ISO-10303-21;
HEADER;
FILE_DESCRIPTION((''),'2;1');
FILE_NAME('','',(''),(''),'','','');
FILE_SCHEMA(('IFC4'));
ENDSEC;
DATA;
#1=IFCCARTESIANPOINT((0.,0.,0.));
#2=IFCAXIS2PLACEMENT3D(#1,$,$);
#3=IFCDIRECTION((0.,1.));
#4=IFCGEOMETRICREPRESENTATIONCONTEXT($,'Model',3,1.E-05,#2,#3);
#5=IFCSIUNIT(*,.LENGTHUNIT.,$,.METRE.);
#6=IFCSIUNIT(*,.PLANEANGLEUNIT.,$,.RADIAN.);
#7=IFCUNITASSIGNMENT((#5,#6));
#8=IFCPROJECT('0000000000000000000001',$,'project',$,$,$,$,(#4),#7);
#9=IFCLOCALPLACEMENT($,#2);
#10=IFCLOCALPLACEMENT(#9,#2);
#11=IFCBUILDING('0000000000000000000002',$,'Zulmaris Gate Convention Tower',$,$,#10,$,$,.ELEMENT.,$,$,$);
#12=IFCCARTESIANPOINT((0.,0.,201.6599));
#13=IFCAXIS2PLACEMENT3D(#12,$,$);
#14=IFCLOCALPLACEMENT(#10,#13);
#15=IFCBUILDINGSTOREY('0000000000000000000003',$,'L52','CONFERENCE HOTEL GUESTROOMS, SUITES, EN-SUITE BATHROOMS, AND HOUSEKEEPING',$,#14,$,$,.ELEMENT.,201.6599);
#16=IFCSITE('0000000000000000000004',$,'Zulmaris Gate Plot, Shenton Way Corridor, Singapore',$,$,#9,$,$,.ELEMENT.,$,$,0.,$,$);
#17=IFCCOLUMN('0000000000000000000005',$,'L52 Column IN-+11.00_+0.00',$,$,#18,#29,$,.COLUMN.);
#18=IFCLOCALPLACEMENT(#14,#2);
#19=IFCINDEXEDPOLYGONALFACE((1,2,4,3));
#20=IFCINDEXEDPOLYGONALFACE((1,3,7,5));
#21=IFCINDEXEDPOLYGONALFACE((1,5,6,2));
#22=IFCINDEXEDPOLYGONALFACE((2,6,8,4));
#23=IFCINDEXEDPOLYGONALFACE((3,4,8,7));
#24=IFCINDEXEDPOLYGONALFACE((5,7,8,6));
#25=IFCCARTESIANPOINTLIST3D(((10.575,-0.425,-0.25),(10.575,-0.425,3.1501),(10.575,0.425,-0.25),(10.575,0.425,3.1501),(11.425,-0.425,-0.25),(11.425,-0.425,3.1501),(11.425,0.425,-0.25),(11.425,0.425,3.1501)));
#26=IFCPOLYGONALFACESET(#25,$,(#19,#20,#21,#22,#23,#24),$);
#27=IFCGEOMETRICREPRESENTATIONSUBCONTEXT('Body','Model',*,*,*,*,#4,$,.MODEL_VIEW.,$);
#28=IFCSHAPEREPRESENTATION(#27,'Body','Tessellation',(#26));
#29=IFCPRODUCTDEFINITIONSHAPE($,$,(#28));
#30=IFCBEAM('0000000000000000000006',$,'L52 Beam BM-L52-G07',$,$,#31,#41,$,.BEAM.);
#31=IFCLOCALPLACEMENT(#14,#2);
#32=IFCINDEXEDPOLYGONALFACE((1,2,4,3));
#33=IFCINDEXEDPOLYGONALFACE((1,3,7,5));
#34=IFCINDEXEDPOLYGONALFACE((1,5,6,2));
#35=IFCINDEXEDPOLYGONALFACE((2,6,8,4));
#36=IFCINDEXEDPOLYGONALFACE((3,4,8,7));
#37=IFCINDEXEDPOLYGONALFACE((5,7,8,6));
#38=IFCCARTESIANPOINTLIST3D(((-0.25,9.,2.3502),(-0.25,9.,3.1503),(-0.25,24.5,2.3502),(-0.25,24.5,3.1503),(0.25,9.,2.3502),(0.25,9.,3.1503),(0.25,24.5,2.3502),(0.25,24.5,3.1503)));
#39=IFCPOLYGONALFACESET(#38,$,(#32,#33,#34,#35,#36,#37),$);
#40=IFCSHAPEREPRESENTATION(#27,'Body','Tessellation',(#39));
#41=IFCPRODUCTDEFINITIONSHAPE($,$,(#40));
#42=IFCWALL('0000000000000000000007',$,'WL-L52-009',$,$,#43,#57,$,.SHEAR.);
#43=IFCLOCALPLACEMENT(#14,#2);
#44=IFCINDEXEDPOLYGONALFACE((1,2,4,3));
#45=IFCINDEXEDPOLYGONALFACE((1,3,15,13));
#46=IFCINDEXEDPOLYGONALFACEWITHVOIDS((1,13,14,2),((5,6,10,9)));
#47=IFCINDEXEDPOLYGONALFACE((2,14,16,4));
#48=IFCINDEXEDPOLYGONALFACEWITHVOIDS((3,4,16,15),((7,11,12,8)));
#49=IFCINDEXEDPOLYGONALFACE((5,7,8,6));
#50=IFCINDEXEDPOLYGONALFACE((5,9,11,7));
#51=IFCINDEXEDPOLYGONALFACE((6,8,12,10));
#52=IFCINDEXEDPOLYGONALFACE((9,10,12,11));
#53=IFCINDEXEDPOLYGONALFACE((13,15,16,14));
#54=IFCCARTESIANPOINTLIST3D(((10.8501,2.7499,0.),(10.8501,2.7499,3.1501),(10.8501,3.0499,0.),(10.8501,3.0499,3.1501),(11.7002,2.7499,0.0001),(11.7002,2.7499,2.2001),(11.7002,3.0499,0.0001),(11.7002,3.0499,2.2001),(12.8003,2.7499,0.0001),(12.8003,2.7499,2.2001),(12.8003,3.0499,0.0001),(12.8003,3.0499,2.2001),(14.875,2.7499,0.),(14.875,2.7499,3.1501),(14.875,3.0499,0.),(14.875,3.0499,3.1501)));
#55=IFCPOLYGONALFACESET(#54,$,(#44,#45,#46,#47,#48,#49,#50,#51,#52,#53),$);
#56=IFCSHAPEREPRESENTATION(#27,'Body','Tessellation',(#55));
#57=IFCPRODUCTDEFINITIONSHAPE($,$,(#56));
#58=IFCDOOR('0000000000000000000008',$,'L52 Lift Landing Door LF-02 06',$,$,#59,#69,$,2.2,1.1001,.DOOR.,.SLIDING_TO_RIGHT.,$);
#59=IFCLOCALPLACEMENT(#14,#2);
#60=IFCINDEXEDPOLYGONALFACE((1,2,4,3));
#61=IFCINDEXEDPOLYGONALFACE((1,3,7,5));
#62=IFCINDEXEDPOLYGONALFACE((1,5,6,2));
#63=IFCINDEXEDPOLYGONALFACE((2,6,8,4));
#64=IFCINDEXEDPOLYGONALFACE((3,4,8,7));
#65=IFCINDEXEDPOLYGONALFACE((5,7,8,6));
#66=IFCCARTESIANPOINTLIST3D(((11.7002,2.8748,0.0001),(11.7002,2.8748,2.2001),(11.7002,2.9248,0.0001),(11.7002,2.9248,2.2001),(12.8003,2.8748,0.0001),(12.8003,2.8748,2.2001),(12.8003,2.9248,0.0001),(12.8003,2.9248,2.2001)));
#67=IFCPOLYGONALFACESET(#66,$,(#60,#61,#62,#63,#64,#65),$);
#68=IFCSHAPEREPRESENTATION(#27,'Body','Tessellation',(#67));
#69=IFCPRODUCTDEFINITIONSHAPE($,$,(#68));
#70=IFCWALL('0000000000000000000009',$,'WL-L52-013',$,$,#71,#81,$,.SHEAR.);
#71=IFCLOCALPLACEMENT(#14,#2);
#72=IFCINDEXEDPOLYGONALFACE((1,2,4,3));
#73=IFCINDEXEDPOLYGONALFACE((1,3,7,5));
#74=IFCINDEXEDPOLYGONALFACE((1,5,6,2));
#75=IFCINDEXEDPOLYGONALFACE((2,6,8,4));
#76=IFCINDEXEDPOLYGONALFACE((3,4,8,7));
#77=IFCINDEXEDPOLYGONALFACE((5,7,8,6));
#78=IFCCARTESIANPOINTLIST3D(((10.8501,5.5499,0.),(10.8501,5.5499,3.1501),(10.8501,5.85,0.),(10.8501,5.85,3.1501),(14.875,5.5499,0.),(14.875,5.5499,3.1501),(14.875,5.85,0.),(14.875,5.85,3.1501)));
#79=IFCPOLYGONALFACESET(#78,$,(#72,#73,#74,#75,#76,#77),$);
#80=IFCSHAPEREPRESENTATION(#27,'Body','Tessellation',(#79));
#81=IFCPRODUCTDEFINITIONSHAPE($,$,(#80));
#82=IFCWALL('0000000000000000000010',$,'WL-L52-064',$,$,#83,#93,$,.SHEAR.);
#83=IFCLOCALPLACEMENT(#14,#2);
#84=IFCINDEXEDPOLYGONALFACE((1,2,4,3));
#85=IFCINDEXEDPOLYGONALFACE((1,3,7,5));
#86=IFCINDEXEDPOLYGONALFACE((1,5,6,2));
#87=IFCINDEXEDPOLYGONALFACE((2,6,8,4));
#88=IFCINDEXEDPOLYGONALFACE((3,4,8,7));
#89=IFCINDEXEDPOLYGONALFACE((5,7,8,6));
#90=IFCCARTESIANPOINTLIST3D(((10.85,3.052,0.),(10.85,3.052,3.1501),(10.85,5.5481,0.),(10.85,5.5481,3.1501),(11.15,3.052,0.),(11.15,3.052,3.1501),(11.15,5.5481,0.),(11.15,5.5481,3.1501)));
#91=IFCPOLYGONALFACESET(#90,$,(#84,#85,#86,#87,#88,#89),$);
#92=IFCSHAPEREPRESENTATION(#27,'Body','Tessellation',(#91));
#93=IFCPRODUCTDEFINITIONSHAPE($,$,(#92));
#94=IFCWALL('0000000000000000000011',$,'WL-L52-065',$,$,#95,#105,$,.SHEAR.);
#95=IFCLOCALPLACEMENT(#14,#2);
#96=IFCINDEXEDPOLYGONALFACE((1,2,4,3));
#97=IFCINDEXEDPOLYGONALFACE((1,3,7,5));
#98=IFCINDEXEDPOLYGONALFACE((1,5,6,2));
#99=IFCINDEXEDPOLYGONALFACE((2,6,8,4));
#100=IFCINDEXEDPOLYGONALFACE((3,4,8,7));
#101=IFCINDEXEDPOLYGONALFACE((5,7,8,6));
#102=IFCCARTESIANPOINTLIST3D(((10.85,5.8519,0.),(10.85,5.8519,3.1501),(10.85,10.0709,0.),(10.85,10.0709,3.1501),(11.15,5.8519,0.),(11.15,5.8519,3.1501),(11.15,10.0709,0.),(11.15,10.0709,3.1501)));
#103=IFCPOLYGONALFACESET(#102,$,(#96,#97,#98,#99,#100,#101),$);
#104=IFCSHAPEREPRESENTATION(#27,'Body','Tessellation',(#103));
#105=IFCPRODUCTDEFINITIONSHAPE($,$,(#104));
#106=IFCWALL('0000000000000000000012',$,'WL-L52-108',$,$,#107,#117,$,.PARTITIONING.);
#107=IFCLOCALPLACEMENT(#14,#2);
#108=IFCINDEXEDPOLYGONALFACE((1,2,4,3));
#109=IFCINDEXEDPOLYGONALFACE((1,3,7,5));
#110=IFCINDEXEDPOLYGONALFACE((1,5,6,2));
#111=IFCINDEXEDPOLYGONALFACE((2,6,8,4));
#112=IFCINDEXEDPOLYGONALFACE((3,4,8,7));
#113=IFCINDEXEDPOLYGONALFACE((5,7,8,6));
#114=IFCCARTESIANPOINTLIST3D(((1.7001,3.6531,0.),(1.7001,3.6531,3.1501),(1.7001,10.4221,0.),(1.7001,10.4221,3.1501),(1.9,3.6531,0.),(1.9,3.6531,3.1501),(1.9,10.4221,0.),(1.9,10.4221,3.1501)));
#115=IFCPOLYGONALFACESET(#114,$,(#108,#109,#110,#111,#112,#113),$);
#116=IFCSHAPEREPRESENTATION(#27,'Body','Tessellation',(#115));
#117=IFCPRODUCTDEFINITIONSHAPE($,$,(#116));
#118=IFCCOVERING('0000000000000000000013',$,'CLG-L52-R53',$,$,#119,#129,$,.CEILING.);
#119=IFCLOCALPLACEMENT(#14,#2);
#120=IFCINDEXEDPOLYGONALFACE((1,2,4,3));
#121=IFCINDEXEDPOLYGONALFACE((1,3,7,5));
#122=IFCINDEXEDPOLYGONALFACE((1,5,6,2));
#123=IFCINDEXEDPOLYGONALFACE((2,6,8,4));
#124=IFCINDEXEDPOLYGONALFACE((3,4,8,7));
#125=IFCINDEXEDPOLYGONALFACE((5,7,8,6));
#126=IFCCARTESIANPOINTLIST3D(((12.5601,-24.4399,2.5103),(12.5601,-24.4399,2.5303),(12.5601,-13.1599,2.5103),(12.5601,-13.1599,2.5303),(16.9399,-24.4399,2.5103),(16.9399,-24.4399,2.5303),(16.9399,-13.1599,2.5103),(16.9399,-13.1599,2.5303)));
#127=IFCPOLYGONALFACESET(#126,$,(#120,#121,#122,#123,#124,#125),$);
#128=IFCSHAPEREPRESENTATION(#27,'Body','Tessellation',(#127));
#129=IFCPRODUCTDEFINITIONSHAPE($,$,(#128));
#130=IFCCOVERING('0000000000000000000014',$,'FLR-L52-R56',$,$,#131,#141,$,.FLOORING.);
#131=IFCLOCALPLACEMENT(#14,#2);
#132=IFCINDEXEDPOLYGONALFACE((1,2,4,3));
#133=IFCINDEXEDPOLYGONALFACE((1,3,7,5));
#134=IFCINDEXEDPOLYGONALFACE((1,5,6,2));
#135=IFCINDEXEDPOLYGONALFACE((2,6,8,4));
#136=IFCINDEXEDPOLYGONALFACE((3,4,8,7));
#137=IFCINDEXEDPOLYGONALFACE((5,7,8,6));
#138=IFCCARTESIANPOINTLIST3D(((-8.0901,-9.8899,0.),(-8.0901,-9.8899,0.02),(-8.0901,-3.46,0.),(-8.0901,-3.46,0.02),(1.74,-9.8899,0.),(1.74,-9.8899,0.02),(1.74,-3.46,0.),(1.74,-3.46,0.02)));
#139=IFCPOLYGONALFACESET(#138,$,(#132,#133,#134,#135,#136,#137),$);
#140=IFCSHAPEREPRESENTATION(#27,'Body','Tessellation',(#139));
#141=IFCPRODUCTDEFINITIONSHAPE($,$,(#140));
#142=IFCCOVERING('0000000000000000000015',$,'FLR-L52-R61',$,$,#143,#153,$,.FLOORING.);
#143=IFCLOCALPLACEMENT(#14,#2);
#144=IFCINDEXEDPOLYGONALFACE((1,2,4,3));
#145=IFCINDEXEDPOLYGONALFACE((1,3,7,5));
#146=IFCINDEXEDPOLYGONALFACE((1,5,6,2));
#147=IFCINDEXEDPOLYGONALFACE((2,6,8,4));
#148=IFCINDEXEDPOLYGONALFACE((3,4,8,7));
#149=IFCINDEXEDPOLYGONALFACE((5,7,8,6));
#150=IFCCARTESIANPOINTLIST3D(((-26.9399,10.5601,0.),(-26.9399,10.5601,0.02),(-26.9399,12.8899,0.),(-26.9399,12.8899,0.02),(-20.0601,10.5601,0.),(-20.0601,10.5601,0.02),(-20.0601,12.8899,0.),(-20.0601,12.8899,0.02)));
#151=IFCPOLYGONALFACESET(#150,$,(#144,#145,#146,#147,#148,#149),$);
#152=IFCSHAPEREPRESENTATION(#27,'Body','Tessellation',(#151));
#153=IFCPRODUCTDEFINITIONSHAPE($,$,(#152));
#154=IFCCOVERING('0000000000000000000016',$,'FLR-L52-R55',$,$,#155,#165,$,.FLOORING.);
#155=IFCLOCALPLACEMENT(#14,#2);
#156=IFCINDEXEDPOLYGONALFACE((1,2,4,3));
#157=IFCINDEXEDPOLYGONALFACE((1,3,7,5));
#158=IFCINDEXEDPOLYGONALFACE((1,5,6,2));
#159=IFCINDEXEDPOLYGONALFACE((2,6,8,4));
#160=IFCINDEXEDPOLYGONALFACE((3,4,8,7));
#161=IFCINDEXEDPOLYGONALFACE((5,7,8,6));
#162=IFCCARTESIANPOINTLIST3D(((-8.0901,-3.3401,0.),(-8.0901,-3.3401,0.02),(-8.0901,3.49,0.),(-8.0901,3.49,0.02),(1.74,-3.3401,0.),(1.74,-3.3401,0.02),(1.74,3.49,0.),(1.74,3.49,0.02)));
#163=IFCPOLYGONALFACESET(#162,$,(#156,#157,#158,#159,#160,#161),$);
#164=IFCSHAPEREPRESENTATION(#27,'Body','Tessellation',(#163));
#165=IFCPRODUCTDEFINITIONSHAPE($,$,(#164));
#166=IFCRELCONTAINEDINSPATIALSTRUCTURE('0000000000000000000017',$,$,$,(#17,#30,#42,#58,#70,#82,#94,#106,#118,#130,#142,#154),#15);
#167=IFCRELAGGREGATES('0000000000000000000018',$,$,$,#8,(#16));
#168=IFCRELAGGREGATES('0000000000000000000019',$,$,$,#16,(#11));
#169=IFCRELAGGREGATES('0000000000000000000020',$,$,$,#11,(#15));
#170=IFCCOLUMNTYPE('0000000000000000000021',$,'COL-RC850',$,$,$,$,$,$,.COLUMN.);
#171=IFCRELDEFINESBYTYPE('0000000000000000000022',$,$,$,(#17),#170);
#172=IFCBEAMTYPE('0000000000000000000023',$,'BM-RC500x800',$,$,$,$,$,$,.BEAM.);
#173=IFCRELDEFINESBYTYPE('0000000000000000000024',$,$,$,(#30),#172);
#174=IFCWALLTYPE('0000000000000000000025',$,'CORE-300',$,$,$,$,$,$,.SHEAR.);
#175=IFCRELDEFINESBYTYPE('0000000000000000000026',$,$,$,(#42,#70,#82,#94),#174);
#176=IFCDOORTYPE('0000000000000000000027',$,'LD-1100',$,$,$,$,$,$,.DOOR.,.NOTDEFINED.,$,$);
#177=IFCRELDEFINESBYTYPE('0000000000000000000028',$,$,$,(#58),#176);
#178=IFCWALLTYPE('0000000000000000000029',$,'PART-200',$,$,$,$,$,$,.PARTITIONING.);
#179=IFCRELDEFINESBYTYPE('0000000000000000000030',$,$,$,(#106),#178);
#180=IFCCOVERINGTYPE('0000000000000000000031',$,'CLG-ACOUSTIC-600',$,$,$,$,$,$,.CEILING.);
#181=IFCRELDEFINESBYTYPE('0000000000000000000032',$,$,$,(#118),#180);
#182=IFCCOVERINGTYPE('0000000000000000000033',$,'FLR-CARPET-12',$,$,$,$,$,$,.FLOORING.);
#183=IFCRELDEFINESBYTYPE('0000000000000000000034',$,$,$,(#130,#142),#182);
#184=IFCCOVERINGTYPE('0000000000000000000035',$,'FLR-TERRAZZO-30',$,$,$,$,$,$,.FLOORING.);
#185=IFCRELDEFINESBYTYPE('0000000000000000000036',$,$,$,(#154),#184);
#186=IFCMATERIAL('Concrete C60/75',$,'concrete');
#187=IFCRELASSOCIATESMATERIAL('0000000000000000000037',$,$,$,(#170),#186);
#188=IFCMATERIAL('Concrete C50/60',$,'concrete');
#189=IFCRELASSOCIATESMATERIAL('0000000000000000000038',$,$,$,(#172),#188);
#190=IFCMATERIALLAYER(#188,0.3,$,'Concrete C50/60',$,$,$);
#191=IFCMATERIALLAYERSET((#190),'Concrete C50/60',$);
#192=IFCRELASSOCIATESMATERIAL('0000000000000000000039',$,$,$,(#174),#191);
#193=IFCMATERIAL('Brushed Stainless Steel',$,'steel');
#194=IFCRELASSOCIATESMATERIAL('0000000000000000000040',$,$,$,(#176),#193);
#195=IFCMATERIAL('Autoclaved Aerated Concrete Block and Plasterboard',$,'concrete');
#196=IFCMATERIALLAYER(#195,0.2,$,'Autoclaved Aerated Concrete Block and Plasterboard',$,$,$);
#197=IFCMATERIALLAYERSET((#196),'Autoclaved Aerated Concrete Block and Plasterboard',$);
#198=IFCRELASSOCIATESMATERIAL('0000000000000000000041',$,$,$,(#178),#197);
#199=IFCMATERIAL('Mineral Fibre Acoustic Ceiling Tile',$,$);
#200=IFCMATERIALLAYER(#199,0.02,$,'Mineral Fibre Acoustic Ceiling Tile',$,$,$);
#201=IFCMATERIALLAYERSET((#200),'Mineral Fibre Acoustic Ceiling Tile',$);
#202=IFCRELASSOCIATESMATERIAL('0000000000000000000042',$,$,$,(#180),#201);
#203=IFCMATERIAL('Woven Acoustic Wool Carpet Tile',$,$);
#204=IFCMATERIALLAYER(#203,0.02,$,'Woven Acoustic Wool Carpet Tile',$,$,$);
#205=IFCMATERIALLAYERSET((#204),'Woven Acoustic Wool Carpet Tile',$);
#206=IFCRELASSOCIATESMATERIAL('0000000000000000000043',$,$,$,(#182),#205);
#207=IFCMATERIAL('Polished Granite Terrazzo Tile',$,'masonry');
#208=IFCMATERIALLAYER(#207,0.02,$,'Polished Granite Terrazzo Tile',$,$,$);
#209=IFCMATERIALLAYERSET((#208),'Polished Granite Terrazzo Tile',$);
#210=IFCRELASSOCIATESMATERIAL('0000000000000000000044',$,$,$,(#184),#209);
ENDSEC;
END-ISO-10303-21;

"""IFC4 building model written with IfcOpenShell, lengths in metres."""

from ifc_helpers import new_model, si_unit, direction, frame, frame_2d, origin, origin_2d, place, context, subcontext, project, spatial, polyline, rectangle, outline, extrude, material, layer, layer_set, material_profile, profile_set, type_object, element, fill, save


model = new_model("IFC4")

# Units and contexts
model_context = context("Model", 3, precision=1e-05, world=origin(), true_north=direction((0.0, 1.0)))
body_context = subcontext(model_context, "Body", "Model", "MODEL_VIEW")
ifc_project = project(units=[si_unit("LENGTHUNIT", "METRE"), si_unit("PLANEANGLEUNIT", "RADIAN")], contexts=[model_context])

# Site, building, storey
site_placement = place(None, origin())
site = spatial("IfcSite", under=ifc_project, at=site_placement, Name="Zulmaris Gate Plot, Shenton Way Corridor, Singapore", CompositionType="ELEMENT", RefElevation=0.0)
building_placement = place(site_placement, origin())
building = spatial("IfcBuilding", under=site, at=building_placement, Name="Zulmaris Gate Convention Tower", CompositionType="ELEMENT")
storey_placement = place(building_placement, frame((0.0, 0.0, 201.6599)))
storey = spatial("IfcBuildingStorey", under=building, at=storey_placement, Name="L52", Description="CONFERENCE HOTEL GUESTROOMS, SUITES, EN-SUITE BATHROOMS, AND HOUSEKEEPING", CompositionType="ELEMENT", Elevation=201.6599)

# Column
ifc_material_1 = material(Name="Concrete C60/75", Category="concrete")
ifc_material_profile_1 = material_profile(ifc_material_1, rectangle(XDim=0.8501, YDim=0.8501, at=origin_2d()), Name="RC COL 850x850")
ifc_profile_set_1 = profile_set([ifc_material_profile_1], Name="Concrete C60/75")
column_type = type_object("IfcColumnType", Name="COL-RC850", PredefinedType="COLUMN", material=ifc_profile_set_1)
column_placement = place(storey_placement, frame((11.0, 0.0, -0.25), z_axis=(0.0, 0.0, 1.0), x_axis=(1.0, 0.0, 0.0)))
element("IfcColumn", 1, at=column_placement, inside=storey, type_object=column_type, Name="L52 Column IN-+11.00_+0.00", PredefinedType="COLUMN", context=body_context, shape_type="SweptSolid", body=[
    extrude(rectangle(XDim=0.8501, YDim=0.8501, at=origin_2d()), origin(), (0.0, 0.0, 1.0), 3.4001),
])

# Beam
ifc_material_2 = material(Name="Concrete C50/60", Category="concrete")
ifc_material_profile_2 = material_profile(ifc_material_2, rectangle(XDim=0.5, YDim=0.8, at=origin_2d()), Name="RC BEAM 500x800")
ifc_profile_set_2 = profile_set([ifc_material_profile_2], Name="Concrete C50/60")
beam_type = type_object("IfcBeamType", Name="BM-RC500x800", PredefinedType="BEAM", material=ifc_profile_set_2)
beam_placement = place(storey_placement, frame((0.0, 9.0, 2.7502), z_axis=(0.0, 1.0, 0.0), x_axis=(-1.0, 0.0, 0.0)))
element("IfcBeam", 2, at=beam_placement, inside=storey, type_object=beam_type, Name="L52 Beam BM-L52-G07", PredefinedType="BEAM", context=body_context, shape_type="SweptSolid", body=[
    extrude(rectangle(XDim=0.5, YDim=0.8, at=origin_2d()), origin(), (0.0, 0.0, 1.0), 15.5),
])

# Wall, opening, door
ifc_layer_1 = layer(ifc_material_2, 0.3, Name="Concrete C50/60")
ifc_layer_set_1 = layer_set([ifc_layer_1], Name="Concrete C50/60")
wall_type_1 = type_object("IfcWallType", Name="CORE-300", PredefinedType="SHEAR", material=ifc_layer_set_1)
wall_1_placement = place(storey_placement, frame((10.8501, 2.8999, 0.0), z_axis=(0.0, 0.0, 1.0), x_axis=(1.0, 0.0, 0.0)))
wall_1 = element("IfcWall", 3, at=wall_1_placement, inside=storey, type_object=wall_type_1, Name="WL-L52-009", PredefinedType="SHEAR", context=body_context, shape_type="SweptSolid", body=[
    extrude(rectangle(XDim=4.0249, YDim=0.3, at=frame_2d((2.0125, 0.0))), origin(), (0.0, 0.0, 1.0), 3.1501),
])
opening_1_placement = place(wall_1_placement, frame((0.8501, 0.0, 0.0)))
opening_1 = element("IfcOpeningElement", 4, at=opening_1_placement, cuts=wall_1, PredefinedType="OPENING", context=body_context, shape_type="SweptSolid", body=[
    extrude(rectangle(XDim=1.1001, YDim=2.2, at=frame_2d((0.55, 1.1001))), frame((0.0, 0.1602, 0.0), z_axis=(0.0, -1.0, 0.0), x_axis=(1.0, 0.0, 0.0)), (0.0, 0.0, 1.0), 0.3201),
])
ifc_material_3 = material(Name="Brushed Stainless Steel", Category="steel")
door_type_1 = type_object("IfcDoorType", Name="LD-1100", OperationType="NOTDEFINED", PredefinedType="DOOR", material=ifc_material_3)
door_1_placement = place(opening_1_placement, origin())
door_1 = element("IfcDoor", 5, at=door_1_placement, inside=storey, type_object=door_type_1, Name="L52 Lift Landing Door LF-02 06", OperationType="SLIDING_TO_RIGHT", OverallHeight=2.2, OverallWidth=1.1001, PredefinedType="DOOR", context=body_context, shape_type="SweptSolid", body=[
    extrude(rectangle(XDim=1.1001, YDim=2.2, at=frame_2d((0.55, 1.1001))), frame((0.0, 0.0249, 0.0), z_axis=(0.0, -1.0, 0.0), x_axis=(1.0, 0.0, 0.0)), (0.0, 0.0, 1.0), 0.05),
])
fill(opening_1, door_1)

# Wall
wall_2_placement = place(storey_placement, frame((10.8501, 5.7, 0.0), z_axis=(0.0, 0.0, 1.0), x_axis=(1.0, 0.0, 0.0)))
element("IfcWall", 6, at=wall_2_placement, inside=storey, type_object=wall_type_1, Name="WL-L52-013", PredefinedType="SHEAR", context=body_context, shape_type="SweptSolid", body=[
    extrude(rectangle(XDim=4.0249, YDim=0.3, at=frame_2d((2.0125, 0.0))), origin(), (0.0, 0.0, 1.0), 3.1501),
])

# Walls
wall_3_placement = place(storey_placement, frame((11.0, 3.052, 0.0), z_axis=(0.0, 0.0, 1.0), x_axis=(0.0, 1.0, 0.0)))
element("IfcWall", 7, at=wall_3_placement, inside=storey, type_object=wall_type_1, Name="WL-L52-064", PredefinedType="SHEAR", context=body_context, shape_type="SweptSolid", body=[
    extrude(rectangle(XDim=2.4961, YDim=0.3, at=frame_2d((1.248, 0.0))), origin(), (0.0, 0.0, 1.0), 3.1501),
])
wall_4_placement = place(storey_placement, frame((11.0, 5.8521, 0.0), z_axis=(0.0, 0.0, 1.0), x_axis=(0.0, 1.0, 0.0)))
element("IfcWall", 8, at=wall_4_placement, inside=storey, type_object=wall_type_1, Name="WL-L52-065", PredefinedType="SHEAR", context=body_context, shape_type="SweptSolid", body=[
    extrude(rectangle(XDim=4.219, YDim=0.3, at=frame_2d((2.1094, 0.0))), origin(), (0.0, 0.0, 1.0), 3.1501),
])
ifc_material_4 = material(Name="Autoclaved Aerated Concrete Block and Plasterboard", Category="concrete")
ifc_layer_2 = layer(ifc_material_4, 0.2, Name="Autoclaved Aerated Concrete Block and Plasterboard")
ifc_layer_set_2 = layer_set([ifc_layer_2], Name="Autoclaved Aerated Concrete Block and Plasterboard")
wall_type_2 = type_object("IfcWallType", Name="PART-200", PredefinedType="PARTITIONING", material=ifc_layer_set_2)
wall_5_placement = place(storey_placement, frame((1.8, 3.6531, 0.0), z_axis=(0.0, 0.0, 1.0), x_axis=(0.0, 1.0, 0.0)))
element("IfcWall", 9, at=wall_5_placement, inside=storey, type_object=wall_type_2, Name="WL-L52-108", PredefinedType="PARTITIONING", context=body_context, shape_type="SweptSolid", body=[
    extrude(rectangle(XDim=6.769, YDim=0.2, at=frame_2d((3.3845, 0.0))), origin(), (0.0, 0.0, 1.0), 3.1501),
])

# Coverings
ifc_material_5 = material(Name="Mineral Fibre Acoustic Ceiling Tile")
ifc_layer_3 = layer(ifc_material_5, 0.02, Name="Mineral Fibre Acoustic Ceiling Tile")
ifc_layer_set_3 = layer_set([ifc_layer_3], Name="Mineral Fibre Acoustic Ceiling Tile")
covering_type_1 = type_object("IfcCoveringType", Name="CLG-ACOUSTIC-600", PredefinedType="CEILING", material=ifc_layer_set_3)
covering_1_placement = place(storey_placement, frame((0.0, 0.0, 2.5103)))
element("IfcCovering", 10, at=covering_1_placement, inside=storey, type_object=covering_type_1, Name="CLG-L52-R53", PredefinedType="CEILING", context=body_context, shape_type="SweptSolid", body=[
    extrude(outline(polyline([(12.5601, -24.4399), (16.9399, -24.4399), (16.9399, -13.1599), (12.5601, -13.1599), (12.5601, -24.4399)])), origin(), (0.0, 0.0, 1.0), 0.02),
])
ifc_material_6 = material(Name="Woven Acoustic Wool Carpet Tile")
ifc_layer_4 = layer(ifc_material_6, 0.02, Name="Woven Acoustic Wool Carpet Tile")
ifc_layer_set_4 = layer_set([ifc_layer_4], Name="Woven Acoustic Wool Carpet Tile")
covering_type_2 = type_object("IfcCoveringType", Name="FLR-CARPET-12", PredefinedType="FLOORING", material=ifc_layer_set_4)
covering_2_placement = place(storey_placement, origin())
element("IfcCovering", 11, at=covering_2_placement, inside=storey, type_object=covering_type_2, Name="FLR-L52-R56", PredefinedType="FLOORING", context=body_context, shape_type="SweptSolid", body=[
    extrude(outline(polyline([(-8.0901, -9.8899), (1.74, -9.8899), (1.74, -3.46), (-8.0901, -3.46), (-8.0901, -9.8899)])), origin(), (0.0, 0.0, 1.0), 0.02),
])
covering_3_placement = place(storey_placement, origin())
element("IfcCovering", 12, at=covering_3_placement, inside=storey, type_object=covering_type_2, Name="FLR-L52-R61", PredefinedType="FLOORING", context=body_context, shape_type="SweptSolid", body=[
    extrude(outline(polyline([(-26.9399, 10.5601), (-20.0601, 10.5601), (-20.0601, 12.8899), (-26.9399, 12.8899), (-26.9399, 10.5601)])), origin(), (0.0, 0.0, 1.0), 0.02),
])
ifc_material_7 = material(Name="Polished Granite Terrazzo Tile", Category="masonry")
ifc_layer_5 = layer(ifc_material_7, 0.02, Name="Polished Granite Terrazzo Tile")
ifc_layer_set_5 = layer_set([ifc_layer_5], Name="Polished Granite Terrazzo Tile")
covering_type_3 = type_object("IfcCoveringType", Name="FLR-TERRAZZO-30", PredefinedType="FLOORING", material=ifc_layer_set_5)
covering_4_placement = place(storey_placement, origin())
element("IfcCovering", 13, at=covering_4_placement, inside=storey, type_object=covering_type_3, Name="FLR-L52-R55", PredefinedType="FLOORING", context=body_context, shape_type="SweptSolid", body=[
    extrude(outline(polyline([(-8.0901, -3.3401), (1.74, -3.3401), (1.74, 3.49), (-8.0901, 3.49), (-8.0901, -3.3401)])), origin(), (0.0, 0.0, 1.0), 0.02),
])

save(model, "model.ifc")
